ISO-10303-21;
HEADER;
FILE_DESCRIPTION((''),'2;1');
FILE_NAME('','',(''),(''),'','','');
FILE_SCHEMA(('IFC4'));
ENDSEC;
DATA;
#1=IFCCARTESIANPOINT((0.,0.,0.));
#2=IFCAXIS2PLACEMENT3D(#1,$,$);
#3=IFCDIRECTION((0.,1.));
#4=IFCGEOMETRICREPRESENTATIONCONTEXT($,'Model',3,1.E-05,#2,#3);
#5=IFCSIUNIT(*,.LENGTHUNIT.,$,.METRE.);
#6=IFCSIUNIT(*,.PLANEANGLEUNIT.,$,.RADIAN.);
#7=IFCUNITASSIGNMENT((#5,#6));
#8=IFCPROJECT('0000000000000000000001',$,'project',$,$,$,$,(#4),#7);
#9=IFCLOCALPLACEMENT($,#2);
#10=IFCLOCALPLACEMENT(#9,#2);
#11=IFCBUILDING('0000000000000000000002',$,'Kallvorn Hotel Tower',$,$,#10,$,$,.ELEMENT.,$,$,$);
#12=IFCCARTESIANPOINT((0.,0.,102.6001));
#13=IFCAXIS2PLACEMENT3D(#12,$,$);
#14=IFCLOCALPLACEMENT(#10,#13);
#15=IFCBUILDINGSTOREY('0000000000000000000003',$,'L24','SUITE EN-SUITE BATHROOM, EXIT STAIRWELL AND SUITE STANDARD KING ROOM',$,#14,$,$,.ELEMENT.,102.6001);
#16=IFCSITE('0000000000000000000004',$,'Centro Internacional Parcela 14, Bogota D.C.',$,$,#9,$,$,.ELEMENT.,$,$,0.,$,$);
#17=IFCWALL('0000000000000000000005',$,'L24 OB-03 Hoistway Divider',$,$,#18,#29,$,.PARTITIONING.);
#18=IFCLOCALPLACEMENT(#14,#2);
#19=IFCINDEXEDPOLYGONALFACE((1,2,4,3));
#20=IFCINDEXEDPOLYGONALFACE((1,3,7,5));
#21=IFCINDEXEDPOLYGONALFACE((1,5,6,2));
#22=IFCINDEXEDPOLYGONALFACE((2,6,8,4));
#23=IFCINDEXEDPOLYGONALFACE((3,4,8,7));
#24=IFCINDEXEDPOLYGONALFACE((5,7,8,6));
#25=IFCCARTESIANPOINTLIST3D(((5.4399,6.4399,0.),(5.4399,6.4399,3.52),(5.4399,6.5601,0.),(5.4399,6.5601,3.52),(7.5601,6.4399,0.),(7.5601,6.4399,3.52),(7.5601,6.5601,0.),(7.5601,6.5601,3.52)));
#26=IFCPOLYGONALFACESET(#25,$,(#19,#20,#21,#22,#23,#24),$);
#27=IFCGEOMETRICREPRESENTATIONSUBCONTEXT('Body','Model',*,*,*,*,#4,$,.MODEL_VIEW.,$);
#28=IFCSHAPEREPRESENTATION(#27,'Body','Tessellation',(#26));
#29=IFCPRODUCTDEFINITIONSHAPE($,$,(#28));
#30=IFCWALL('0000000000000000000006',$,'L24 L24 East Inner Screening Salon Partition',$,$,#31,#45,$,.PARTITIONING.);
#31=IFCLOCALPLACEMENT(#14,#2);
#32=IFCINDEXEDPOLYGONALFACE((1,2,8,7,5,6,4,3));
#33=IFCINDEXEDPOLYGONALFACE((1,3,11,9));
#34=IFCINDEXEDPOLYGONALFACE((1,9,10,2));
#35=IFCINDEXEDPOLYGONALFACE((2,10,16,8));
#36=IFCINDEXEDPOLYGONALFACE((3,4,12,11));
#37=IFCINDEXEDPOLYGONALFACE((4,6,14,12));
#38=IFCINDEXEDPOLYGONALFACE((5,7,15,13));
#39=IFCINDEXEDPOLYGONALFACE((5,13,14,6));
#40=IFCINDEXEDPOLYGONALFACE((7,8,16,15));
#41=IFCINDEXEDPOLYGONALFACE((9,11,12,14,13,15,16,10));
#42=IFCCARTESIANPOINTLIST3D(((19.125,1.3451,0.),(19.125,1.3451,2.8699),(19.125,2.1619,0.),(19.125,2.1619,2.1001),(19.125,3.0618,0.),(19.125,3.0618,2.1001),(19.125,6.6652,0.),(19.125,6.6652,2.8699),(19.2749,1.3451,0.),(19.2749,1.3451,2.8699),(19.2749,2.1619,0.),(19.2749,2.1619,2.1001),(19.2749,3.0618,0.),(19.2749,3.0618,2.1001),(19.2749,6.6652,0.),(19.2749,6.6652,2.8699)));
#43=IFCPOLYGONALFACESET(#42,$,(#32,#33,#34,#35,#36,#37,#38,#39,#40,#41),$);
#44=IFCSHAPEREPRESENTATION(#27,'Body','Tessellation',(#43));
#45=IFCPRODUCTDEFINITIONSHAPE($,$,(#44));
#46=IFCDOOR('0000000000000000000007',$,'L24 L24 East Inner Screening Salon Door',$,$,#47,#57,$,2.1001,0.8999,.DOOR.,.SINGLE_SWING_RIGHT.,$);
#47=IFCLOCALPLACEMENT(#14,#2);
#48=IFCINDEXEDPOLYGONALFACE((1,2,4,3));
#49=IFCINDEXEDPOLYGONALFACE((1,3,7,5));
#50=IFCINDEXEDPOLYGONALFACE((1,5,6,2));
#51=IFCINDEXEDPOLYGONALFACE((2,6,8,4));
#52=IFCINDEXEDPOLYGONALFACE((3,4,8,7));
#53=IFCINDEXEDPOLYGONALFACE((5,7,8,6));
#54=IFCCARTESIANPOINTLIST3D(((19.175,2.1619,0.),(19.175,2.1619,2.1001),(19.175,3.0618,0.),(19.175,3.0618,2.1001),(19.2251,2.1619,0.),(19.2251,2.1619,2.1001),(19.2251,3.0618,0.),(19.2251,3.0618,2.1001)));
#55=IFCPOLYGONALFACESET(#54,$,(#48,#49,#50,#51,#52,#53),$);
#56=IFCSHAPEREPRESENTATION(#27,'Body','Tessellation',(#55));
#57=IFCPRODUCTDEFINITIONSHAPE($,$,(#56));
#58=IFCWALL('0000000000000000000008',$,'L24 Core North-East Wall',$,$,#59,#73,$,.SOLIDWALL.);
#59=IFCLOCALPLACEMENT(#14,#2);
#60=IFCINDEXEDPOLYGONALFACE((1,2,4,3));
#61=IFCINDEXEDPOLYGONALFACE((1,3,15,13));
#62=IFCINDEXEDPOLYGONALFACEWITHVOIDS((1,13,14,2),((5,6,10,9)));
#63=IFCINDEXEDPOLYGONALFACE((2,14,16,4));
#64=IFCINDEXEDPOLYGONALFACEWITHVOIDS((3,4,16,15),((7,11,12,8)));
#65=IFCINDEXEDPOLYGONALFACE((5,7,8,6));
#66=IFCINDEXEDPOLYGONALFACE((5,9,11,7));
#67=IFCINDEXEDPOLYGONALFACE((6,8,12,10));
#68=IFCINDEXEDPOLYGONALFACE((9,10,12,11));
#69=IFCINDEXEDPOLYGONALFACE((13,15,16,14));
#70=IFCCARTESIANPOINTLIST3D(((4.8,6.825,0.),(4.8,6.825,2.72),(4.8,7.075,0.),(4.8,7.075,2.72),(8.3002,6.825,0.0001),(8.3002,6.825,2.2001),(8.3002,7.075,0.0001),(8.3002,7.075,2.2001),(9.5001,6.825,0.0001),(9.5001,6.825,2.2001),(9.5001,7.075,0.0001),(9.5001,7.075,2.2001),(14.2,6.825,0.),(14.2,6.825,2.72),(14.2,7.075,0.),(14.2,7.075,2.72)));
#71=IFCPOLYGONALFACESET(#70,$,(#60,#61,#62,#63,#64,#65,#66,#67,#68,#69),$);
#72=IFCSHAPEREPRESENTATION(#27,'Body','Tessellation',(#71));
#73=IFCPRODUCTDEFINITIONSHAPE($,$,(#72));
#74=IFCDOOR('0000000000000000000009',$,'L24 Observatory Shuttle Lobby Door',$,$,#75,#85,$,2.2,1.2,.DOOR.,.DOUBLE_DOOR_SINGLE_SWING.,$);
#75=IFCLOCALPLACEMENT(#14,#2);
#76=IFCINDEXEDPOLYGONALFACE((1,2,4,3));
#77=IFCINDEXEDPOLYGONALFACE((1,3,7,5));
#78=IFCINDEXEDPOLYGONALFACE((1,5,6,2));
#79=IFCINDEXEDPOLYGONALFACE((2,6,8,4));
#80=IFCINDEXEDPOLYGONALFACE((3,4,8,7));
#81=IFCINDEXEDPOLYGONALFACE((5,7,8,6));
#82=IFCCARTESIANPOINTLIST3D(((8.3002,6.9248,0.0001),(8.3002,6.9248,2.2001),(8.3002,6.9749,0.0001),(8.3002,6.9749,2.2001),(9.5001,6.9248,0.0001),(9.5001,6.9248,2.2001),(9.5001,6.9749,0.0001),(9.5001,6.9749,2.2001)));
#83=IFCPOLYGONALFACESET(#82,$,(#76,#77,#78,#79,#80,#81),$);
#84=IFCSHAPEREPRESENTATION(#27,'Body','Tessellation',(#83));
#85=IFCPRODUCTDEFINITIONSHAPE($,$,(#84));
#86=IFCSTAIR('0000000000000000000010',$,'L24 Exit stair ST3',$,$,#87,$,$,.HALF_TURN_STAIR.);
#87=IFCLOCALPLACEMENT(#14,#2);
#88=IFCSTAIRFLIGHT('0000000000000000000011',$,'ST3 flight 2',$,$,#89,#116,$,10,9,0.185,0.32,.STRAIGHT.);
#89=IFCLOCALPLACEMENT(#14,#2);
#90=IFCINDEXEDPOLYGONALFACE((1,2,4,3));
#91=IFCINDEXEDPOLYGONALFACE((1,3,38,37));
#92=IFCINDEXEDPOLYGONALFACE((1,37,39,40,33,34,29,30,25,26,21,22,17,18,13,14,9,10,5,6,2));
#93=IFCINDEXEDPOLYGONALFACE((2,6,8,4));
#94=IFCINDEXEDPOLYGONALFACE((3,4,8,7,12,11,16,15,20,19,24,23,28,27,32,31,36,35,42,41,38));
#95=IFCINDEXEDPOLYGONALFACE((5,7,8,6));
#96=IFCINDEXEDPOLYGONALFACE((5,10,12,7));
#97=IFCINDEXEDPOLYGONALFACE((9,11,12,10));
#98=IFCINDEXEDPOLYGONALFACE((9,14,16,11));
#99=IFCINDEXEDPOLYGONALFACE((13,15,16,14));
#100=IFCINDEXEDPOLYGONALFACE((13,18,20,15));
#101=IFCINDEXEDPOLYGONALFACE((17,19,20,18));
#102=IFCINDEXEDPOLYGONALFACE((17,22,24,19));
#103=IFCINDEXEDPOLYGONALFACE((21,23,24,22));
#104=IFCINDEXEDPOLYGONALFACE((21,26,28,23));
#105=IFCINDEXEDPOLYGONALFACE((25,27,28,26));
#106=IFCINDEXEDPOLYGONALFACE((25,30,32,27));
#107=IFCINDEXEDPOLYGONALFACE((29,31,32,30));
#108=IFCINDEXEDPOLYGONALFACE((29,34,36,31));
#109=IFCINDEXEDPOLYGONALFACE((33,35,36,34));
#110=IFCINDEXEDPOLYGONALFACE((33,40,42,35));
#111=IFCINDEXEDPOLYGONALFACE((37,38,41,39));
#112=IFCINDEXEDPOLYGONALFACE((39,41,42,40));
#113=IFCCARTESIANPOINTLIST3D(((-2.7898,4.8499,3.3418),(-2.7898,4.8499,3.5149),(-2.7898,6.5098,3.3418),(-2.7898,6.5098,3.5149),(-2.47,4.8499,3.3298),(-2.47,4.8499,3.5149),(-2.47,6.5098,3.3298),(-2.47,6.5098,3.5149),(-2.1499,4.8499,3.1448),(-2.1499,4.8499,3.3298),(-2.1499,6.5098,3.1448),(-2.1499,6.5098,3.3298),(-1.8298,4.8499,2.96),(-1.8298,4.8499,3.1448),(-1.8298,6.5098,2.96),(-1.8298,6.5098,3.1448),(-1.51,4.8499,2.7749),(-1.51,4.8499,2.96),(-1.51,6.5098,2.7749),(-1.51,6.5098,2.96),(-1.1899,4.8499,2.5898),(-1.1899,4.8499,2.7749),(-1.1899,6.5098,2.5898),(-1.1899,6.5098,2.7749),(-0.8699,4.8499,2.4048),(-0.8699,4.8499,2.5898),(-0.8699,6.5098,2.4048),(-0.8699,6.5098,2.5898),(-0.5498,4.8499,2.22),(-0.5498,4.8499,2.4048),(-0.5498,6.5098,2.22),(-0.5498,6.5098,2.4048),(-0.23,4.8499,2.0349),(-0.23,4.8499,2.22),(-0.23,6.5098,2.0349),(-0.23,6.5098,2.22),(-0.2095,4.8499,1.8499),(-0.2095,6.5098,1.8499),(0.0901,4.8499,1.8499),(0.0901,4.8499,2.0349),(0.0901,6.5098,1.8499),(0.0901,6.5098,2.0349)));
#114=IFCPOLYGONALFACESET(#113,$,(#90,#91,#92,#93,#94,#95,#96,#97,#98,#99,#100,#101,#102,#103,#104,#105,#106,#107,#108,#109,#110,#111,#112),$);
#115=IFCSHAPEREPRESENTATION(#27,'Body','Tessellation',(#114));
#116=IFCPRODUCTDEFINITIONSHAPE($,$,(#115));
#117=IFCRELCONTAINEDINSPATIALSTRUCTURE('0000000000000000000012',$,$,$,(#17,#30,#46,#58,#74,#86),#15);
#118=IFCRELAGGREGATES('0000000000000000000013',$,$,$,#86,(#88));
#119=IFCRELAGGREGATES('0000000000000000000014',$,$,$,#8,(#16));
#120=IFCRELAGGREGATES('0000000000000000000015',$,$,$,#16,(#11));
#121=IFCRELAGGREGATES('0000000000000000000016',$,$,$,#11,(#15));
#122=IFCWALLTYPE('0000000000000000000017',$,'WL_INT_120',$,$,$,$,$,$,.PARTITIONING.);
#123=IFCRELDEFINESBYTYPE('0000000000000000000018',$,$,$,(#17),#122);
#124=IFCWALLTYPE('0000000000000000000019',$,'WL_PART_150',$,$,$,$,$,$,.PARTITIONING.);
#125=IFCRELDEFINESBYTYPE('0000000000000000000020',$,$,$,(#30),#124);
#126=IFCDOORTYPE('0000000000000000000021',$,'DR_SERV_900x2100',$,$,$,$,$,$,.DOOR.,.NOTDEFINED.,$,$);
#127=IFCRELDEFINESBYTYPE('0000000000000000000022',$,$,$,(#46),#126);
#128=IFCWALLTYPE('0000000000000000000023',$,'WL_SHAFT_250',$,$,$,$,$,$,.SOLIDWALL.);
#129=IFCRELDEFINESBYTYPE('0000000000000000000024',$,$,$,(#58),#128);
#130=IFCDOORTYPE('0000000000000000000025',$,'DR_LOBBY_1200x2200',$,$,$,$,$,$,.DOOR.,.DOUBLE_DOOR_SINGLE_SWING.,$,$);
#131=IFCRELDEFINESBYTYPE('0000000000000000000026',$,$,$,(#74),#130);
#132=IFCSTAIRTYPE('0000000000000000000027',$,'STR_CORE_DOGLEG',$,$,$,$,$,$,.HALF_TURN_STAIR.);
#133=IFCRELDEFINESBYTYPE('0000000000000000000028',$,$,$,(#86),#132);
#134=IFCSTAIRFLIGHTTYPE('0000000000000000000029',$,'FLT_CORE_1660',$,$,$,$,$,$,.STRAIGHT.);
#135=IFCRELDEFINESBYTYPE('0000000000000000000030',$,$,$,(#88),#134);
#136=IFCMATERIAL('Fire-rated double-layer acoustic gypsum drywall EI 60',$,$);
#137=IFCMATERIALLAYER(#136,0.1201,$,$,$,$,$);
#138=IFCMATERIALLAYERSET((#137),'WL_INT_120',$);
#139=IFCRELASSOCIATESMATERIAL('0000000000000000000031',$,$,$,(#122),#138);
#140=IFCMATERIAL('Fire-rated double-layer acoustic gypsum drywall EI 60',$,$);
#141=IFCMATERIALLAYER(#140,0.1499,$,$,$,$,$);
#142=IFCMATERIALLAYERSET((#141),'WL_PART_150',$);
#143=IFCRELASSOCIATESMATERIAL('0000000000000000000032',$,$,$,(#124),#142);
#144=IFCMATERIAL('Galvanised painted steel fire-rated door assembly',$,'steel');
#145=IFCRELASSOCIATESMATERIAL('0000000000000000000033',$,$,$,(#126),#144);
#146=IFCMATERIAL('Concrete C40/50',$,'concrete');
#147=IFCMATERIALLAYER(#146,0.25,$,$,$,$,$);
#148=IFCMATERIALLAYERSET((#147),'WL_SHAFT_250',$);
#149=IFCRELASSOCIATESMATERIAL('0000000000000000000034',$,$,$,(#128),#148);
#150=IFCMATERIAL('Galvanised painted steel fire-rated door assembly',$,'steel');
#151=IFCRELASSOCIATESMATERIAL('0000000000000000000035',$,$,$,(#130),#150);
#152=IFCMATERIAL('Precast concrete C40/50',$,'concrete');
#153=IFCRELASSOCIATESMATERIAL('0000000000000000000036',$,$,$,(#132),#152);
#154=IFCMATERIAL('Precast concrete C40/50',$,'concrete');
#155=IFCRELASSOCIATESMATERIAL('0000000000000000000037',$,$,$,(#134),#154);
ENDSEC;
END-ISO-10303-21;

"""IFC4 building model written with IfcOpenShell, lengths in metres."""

from ifc_helpers import new_model, si_unit, direction, frame, frame_2d, origin, place, context, subcontext, project, spatial, polyline, rectangle, outline, extrude, material, layer, layer_set, type_object, element, fill, aggregate, save


model = new_model("IFC4")

# Units and contexts
model_context = context("Model", 3, precision=1e-05, world=origin(), true_north=direction((0.0, 1.0)))
body_context = subcontext(model_context, "Body", "Model", "MODEL_VIEW")
ifc_project = project(units=[si_unit("LENGTHUNIT", "METRE"), si_unit("PLANEANGLEUNIT", "RADIAN")], contexts=[model_context])

# Site, building, storey
site_placement = place(None, origin())
site = spatial("IfcSite", under=ifc_project, at=site_placement, Name="Centro Internacional Parcela 14, Bogota D.C.", CompositionType="ELEMENT", RefElevation=0.0)
building_placement = place(site_placement, origin())
building = spatial("IfcBuilding", under=site, at=building_placement, Name="Kallvorn Hotel Tower", CompositionType="ELEMENT")
storey_placement = place(building_placement, frame((0.0, 0.0, 102.6001)))
storey = spatial("IfcBuildingStorey", under=building, at=storey_placement, Name="L24", Description="SUITE EN-SUITE BATHROOM, EXIT STAIRWELL AND SUITE STANDARD KING ROOM", CompositionType="ELEMENT", Elevation=102.6001)

# Wall
ifc_material_1 = material(Name="Fire-rated double-layer acoustic gypsum drywall EI 60")
ifc_layer_1 = layer(ifc_material_1, 0.1201)
ifc_layer_set_1 = layer_set([ifc_layer_1], Name="WL_INT_120")
wall_type_1 = type_object("IfcWallType", Name="WL_INT_120", PredefinedType="PARTITIONING", material=ifc_layer_set_1)
for number, where, z_axis, x_axis, name in (
    (1, (5.4399, 6.5, 0.0), (0.0, 0.0, 1.0), (1.0, 0.0, 0.0), "L24 OB-03 Hoistway Divider"),
):
    element("IfcWall", number, at=place(storey_placement, frame(where, z_axis=z_axis, x_axis=x_axis)), inside=storey, type_object=wall_type_1, Name=name, PredefinedType="PARTITIONING", context=body_context, shape_type="SweptSolid", body=[
        extrude(rectangle(XDim=2.1201, YDim=0.1201, at=frame_2d((1.0601, 0.0))), origin(), (0.0, 0.0, 1.0), 3.52),
    ])

# Walls, openings, doors
ifc_material_2 = material(Name="Fire-rated double-layer acoustic gypsum drywall EI 60")
ifc_layer_2 = layer(ifc_material_2, 0.1499)
ifc_layer_set_2 = layer_set([ifc_layer_2], Name="WL_PART_150")
wall_type_2 = type_object("IfcWallType", Name="WL_PART_150", PredefinedType="PARTITIONING", material=ifc_layer_set_2)
wall_1_placement = place(storey_placement, frame((19.2, 1.345, 0.0), z_axis=(0.0, 0.0, 1.0), x_axis=(0.0, 1.0, 0.0)))
wall_1 = element("IfcWall", 2, at=wall_1_placement, inside=storey, type_object=wall_type_2, Name="L24 L24 East Inner Screening Salon Partition", PredefinedType="PARTITIONING", context=body_context, shape_type="SweptSolid", body=[
    extrude(rectangle(XDim=5.3201, YDim=0.1499, at=frame_2d((2.6602, 0.0))), origin(), (0.0, 0.0, 1.0), 2.8699),
])
opening_1_placement = place(wall_1_placement, frame((0.8169, 0.0, 0.0)))
opening_1 = element("IfcOpeningElement", 3, at=opening_1_placement, cuts=wall_1, PredefinedType="OPENING", context=body_context, shape_type="SweptSolid", body=[
    extrude(rectangle(XDim=0.8999, YDim=2.1001, at=frame_2d((0.45, 1.05))), frame((0.0, 0.0898, 0.0), z_axis=(0.0, -1.0, 0.0), x_axis=(1.0, 0.0, 0.0)), (0.0, 0.0, 1.0), 0.1799),
])
ifc_material_3 = material(Name="Galvanised painted steel fire-rated door assembly", Category="steel")
door_type_1 = type_object("IfcDoorType", Name="DR_SERV_900x2100", OperationType="NOTDEFINED", PredefinedType="DOOR", material=ifc_material_3)
door_1_placement = place(opening_1_placement, origin())
door_1 = element("IfcDoor", 4, at=door_1_placement, inside=storey, type_object=door_type_1, Name="L24 L24 East Inner Screening Salon Door", OperationType="SINGLE_SWING_RIGHT", OverallHeight=2.1001, OverallWidth=0.8999, PredefinedType="DOOR", context=body_context, shape_type="SweptSolid", body=[
    extrude(rectangle(XDim=0.8999, YDim=2.1001, at=frame_2d((0.45, 1.05))), frame((0.0, 0.0249, 0.0), z_axis=(0.0, -1.0, 0.0), x_axis=(1.0, 0.0, 0.0)), (0.0, 0.0, 1.0), 0.05),
])
fill(opening_1, door_1)
ifc_material_4 = material(Name="Concrete C40/50", Category="concrete")
ifc_layer_3 = layer(ifc_material_4, 0.25)
ifc_layer_set_3 = layer_set([ifc_layer_3], Name="WL_SHAFT_250")
wall_type_3 = type_object("IfcWallType", Name="WL_SHAFT_250", PredefinedType="SOLIDWALL", material=ifc_layer_set_3)
wall_2_placement = place(storey_placement, frame((4.8, 6.95, 0.0), z_axis=(0.0, 0.0, 1.0), x_axis=(1.0, 0.0, 0.0)))
wall_2 = element("IfcWall", 5, at=wall_2_placement, inside=storey, type_object=wall_type_3, Name="L24 Core North-East Wall", PredefinedType="SOLIDWALL", context=body_context, shape_type="SweptSolid", body=[
    extrude(rectangle(XDim=9.3999, YDim=0.25, at=frame_2d((4.7, 0.0))), origin(), (0.0, 0.0, 1.0), 2.72),
])
opening_2_placement = place(wall_2_placement, frame((3.5, 0.0, 0.0)))
opening_2 = element("IfcOpeningElement", 6, at=opening_2_placement, cuts=wall_2, PredefinedType="OPENING", context=body_context, shape_type="SweptSolid", body=[
    extrude(rectangle(XDim=1.2, YDim=2.2, at=frame_2d((0.6001, 1.1001))), frame((0.0, 0.1399, 0.0), z_axis=(0.0, -1.0, 0.0), x_axis=(1.0, 0.0, 0.0)), (0.0, 0.0, 1.0), 0.28),
])
ifc_material_5 = material(Name="Galvanised painted steel fire-rated door assembly", Category="steel")
door_type_2 = type_object("IfcDoorType", Name="DR_LOBBY_1200x2200", OperationType="DOUBLE_DOOR_SINGLE_SWING", PredefinedType="DOOR", material=ifc_material_5)
door_2_placement = place(opening_2_placement, origin())
door_2 = element("IfcDoor", 7, at=door_2_placement, inside=storey, type_object=door_type_2, Name="L24 Observatory Shuttle Lobby Door", OperationType="DOUBLE_DOOR_SINGLE_SWING", OverallHeight=2.2, OverallWidth=1.2, PredefinedType="DOOR", context=body_context, shape_type="SweptSolid", body=[
    extrude(rectangle(XDim=1.2, YDim=2.2, at=frame_2d((0.6001, 1.1001))), frame((0.0, 0.0249, 0.0), z_axis=(0.0, -1.0, 0.0), x_axis=(1.0, 0.0, 0.0)), (0.0, 0.0, 1.0), 0.05),
])
fill(opening_2, door_2)

# Stair, stair flight
ifc_material_6 = material(Name="Precast concrete C40/50", Category="concrete")
stair_type = type_object("IfcStairType", Name="STR_CORE_DOGLEG", PredefinedType="HALF_TURN_STAIR", material=ifc_material_6)
stair_placement = place(storey_placement, origin())
stair = element("IfcStair", 8, at=stair_placement, inside=storey, type_object=stair_type, Name="L24 Exit stair ST3", PredefinedType="HALF_TURN_STAIR")
ifc_material_7 = material(Name="Precast concrete C40/50", Category="concrete")
stair_flight_type = type_object("IfcStairFlightType", Name="FLT_CORE_1660", PredefinedType="STRAIGHT", material=ifc_material_7)
stair_flight_placement = place(storey_placement, frame((0.0901, 5.6799, 1.8499), z_axis=(0.0, 0.0, 1.0), x_axis=(-1.0, 0.0, 0.0)))
stair_flight = element("IfcStairFlight", 9, at=stair_flight_placement, type_object=stair_flight_type, Name="ST3 flight 2", NumberOfRisers=10, NumberOfTreads=9, PredefinedType="STRAIGHT", RiserHeight=0.185, TreadLength=0.32, context=body_context, shape_type="SweptSolid", body=[
    extrude(outline(polyline([(0.0, 0.0), (0.0, 0.1851), (0.3201, 0.1851), (0.3201, 0.3701), (0.6399, 0.3701), (0.6399, 0.5549), (0.96, 0.5549), (0.96, 0.74), (1.28, 0.74), (1.28, 0.925), (1.6001, 0.925), (1.6001, 1.1101), (1.9199, 1.1101), (1.9199, 1.2949), (2.24, 1.2949), (2.24, 1.48), (2.5601, 1.48), (2.5601, 1.665), (2.8799, 1.665), (2.8799, 1.8501), (2.8799, 1.4919), (0.2996, 0.0), (0.0, 0.0)])), frame((0.0, 0.8301, 0.0), z_axis=(0.0, -1.0, 0.0), x_axis=(1.0, 0.0, 0.0)), (0.0, 0.0, 1.0), 1.6599),
])
aggregate(stair, [stair_flight])

save(model, "model.ifc")
